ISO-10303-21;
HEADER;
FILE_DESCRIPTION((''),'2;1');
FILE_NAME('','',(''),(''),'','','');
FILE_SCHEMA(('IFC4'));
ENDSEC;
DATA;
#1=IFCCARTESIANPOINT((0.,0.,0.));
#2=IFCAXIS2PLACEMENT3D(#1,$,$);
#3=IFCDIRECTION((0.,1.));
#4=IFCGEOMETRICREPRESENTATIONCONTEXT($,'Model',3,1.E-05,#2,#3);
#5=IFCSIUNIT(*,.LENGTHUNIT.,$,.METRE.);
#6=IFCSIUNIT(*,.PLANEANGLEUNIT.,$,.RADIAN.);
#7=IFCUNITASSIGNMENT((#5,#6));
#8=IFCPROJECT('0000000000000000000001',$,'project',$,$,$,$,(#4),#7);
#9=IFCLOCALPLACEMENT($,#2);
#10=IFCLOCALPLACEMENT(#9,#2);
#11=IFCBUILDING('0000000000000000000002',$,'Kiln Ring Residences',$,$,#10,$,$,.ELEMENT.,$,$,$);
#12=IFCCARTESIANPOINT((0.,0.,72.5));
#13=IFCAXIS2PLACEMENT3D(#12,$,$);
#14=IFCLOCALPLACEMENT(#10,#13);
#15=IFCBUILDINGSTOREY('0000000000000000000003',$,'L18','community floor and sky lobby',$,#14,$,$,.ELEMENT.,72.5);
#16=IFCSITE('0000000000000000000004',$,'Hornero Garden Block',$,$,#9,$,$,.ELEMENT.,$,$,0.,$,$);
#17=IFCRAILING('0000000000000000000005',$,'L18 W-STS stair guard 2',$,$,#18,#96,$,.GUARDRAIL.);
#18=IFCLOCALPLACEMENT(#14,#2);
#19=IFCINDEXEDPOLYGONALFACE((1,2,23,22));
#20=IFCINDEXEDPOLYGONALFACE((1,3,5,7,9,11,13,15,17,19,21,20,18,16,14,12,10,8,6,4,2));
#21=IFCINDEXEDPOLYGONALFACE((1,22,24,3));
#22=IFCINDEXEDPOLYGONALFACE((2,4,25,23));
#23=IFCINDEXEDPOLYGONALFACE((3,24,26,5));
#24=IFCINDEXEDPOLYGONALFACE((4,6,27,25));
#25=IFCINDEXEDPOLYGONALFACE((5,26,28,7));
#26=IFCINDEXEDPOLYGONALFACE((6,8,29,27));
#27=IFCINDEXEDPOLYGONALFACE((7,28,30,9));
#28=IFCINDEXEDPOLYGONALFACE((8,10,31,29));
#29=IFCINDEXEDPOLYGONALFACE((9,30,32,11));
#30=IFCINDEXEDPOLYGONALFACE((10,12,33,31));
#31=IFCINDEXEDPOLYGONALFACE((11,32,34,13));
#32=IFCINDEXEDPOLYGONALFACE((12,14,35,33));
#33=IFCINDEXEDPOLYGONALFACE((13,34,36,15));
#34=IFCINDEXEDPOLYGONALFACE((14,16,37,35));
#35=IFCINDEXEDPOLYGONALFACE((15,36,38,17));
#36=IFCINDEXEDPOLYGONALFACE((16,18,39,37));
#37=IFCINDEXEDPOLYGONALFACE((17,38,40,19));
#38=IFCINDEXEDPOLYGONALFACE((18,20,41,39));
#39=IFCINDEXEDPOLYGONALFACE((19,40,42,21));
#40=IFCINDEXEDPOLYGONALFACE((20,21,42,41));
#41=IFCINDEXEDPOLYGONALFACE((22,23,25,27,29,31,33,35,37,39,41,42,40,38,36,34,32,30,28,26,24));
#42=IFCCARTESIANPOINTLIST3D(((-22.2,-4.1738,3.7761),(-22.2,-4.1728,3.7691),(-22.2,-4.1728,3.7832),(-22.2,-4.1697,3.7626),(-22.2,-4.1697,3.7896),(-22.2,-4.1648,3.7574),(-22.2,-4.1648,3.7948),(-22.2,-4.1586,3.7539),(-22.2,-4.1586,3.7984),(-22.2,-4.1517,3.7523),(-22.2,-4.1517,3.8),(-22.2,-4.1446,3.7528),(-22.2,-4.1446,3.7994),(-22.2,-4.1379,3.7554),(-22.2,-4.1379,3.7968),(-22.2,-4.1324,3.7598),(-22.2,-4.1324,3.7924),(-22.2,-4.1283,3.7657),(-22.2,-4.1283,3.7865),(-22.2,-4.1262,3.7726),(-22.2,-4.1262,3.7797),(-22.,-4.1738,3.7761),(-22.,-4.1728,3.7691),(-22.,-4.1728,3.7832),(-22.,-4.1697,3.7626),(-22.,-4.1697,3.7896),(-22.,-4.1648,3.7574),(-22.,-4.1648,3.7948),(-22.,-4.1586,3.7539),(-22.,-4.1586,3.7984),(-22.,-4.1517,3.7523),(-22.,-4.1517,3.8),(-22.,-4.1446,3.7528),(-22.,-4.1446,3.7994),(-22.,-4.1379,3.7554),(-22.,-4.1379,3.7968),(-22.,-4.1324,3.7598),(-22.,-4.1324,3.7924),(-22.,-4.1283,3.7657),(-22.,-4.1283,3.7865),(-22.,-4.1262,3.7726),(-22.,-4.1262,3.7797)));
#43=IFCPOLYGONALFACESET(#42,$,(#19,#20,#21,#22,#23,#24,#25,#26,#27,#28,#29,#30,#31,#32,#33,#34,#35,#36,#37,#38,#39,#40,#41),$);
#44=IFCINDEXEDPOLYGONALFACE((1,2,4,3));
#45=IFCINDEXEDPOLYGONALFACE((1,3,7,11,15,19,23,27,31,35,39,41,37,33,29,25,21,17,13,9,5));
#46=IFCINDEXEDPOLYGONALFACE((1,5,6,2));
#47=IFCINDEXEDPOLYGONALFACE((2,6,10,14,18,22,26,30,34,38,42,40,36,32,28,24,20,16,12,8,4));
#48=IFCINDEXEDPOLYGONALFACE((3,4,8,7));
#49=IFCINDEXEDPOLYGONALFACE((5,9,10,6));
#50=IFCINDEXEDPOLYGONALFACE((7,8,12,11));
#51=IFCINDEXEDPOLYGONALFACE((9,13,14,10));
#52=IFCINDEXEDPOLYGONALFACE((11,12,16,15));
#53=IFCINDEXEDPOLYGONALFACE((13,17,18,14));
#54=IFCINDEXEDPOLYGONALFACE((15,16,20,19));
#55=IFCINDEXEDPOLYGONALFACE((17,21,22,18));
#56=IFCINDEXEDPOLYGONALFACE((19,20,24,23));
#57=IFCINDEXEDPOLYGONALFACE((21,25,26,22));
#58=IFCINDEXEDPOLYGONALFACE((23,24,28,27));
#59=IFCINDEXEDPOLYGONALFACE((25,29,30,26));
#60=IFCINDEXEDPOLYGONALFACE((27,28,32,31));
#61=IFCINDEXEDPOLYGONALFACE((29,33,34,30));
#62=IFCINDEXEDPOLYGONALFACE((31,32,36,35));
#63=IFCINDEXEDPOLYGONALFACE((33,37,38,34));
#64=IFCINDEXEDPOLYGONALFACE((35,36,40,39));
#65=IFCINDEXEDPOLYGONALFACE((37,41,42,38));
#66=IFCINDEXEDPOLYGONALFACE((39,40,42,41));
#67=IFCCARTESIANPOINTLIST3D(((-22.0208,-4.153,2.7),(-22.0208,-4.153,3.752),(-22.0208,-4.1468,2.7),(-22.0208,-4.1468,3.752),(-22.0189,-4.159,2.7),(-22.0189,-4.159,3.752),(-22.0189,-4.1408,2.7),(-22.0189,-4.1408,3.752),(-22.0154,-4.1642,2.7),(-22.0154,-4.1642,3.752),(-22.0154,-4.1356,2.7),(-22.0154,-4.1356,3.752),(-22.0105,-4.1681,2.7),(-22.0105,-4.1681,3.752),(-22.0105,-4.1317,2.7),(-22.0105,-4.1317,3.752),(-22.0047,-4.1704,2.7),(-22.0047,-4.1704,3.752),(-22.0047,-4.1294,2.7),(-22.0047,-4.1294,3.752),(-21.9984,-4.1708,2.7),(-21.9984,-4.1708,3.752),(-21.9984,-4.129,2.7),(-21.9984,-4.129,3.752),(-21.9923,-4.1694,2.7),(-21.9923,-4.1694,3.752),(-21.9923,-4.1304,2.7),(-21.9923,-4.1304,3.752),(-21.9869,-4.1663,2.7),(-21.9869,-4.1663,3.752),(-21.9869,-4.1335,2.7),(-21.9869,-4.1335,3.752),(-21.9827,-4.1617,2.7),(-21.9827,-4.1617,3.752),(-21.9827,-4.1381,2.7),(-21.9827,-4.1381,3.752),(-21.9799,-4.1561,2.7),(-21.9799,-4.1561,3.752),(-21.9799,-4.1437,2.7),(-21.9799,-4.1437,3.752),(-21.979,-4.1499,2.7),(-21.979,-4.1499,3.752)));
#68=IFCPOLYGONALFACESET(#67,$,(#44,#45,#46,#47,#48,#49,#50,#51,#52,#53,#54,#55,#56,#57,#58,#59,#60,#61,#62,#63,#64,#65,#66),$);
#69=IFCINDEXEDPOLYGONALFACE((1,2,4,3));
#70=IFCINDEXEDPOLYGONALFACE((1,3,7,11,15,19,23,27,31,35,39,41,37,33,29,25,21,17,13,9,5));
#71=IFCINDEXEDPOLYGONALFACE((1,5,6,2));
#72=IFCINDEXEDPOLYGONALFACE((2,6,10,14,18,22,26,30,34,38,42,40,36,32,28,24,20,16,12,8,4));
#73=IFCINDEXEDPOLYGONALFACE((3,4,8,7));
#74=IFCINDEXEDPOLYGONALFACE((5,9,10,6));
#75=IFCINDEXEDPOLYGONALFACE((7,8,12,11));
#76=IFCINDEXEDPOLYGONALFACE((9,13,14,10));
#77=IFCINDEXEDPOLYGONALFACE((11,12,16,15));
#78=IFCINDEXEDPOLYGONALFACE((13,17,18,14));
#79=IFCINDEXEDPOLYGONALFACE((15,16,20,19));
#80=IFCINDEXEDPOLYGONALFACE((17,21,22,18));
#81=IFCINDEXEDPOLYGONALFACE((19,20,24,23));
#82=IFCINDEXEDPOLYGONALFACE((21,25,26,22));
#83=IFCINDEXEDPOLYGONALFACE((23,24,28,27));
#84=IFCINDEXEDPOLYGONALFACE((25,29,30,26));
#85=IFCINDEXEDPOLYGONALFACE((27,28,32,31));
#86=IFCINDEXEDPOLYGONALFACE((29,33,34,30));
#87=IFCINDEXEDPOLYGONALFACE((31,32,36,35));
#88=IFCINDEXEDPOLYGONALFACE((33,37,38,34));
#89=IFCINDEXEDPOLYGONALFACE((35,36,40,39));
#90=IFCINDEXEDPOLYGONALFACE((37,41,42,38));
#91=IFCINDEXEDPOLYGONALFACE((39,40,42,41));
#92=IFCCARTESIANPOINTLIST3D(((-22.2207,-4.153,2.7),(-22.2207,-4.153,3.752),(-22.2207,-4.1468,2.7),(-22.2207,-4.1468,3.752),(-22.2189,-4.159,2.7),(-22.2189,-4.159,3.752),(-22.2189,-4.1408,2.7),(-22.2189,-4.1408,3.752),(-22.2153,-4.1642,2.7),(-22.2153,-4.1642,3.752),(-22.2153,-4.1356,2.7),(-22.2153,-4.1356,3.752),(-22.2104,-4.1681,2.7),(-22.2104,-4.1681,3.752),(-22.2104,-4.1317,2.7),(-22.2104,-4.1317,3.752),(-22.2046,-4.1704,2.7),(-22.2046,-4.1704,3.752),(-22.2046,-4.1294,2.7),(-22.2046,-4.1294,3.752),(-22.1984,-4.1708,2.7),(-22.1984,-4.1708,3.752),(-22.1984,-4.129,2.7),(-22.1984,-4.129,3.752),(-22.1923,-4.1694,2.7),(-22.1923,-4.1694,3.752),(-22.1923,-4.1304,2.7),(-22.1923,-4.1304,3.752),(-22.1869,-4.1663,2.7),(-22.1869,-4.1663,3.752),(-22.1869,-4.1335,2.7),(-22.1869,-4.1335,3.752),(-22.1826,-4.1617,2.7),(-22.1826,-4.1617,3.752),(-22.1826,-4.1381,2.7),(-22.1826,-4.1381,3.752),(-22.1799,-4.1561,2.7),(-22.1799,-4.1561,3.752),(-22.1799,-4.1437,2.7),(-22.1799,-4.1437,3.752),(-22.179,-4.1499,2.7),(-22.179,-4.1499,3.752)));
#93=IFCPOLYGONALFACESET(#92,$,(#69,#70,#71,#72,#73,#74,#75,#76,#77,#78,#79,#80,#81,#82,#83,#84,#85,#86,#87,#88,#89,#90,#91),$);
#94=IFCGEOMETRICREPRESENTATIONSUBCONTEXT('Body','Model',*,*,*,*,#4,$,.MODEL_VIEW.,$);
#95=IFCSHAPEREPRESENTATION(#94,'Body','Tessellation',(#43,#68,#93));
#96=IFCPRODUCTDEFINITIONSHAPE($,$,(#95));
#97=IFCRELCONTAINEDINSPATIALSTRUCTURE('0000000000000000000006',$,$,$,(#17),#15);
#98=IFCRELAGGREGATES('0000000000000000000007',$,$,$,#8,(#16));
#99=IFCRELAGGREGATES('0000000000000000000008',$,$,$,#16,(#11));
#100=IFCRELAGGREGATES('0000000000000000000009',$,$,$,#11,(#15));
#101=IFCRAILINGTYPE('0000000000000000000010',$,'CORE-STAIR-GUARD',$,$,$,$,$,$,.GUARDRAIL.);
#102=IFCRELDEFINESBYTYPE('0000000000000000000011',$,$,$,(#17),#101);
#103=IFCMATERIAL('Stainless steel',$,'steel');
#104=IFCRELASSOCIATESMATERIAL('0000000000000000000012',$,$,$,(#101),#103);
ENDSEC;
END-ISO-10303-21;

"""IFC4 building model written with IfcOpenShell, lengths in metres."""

from ifc_helpers import new_model, si_unit, direction, frame, origin, origin_2d, place, context, subcontext, project, spatial, circle, extrude, material, type_object, element, save


model = new_model("IFC4")

# Units and contexts
model_context = context("Model", 3, precision=1e-05, world=origin(), true_north=direction((0.0, 1.0)))
body_context = subcontext(model_context, "Body", "Model", "MODEL_VIEW")
ifc_project = project(units=[si_unit("LENGTHUNIT", "METRE"), si_unit("PLANEANGLEUNIT", "RADIAN")], contexts=[model_context])

# Site, building, storey
site_placement = place(None, origin())
site = spatial("IfcSite", under=ifc_project, at=site_placement, Name="Hornero Garden Block", CompositionType="ELEMENT", RefElevation=0.0)
building_placement = place(site_placement, origin())
building = spatial("IfcBuilding", under=site, at=building_placement, Name="Kiln Ring Residences", CompositionType="ELEMENT")
storey_placement = place(building_placement, frame((0.0, 0.0, 72.5)))
storey = spatial("IfcBuildingStorey", under=building, at=storey_placement, Name="L18", Description="community floor and sky lobby", CompositionType="ELEMENT", Elevation=72.5)

# Railing
ifc_material_1 = material(Name="Stainless steel", Category="steel")
railing_type_1 = type_object("IfcRailingType", Name="CORE-STAIR-GUARD", PredefinedType="GUARDRAIL", material=ifc_material_1)
railing_1_placement = place(storey_placement, frame((-22.0, -4.1499, 2.7)))
element("IfcRailing", 1, at=railing_1_placement, inside=storey, type_object=railing_type_1, Name="L18 W-STS stair guard 2", PredefinedType="GUARDRAIL", context=body_context, shape_type="SweptSolid", body=[
    extrude(circle(Radius=0.0239, at=origin_2d()), frame((0.0, 0.0, 1.0762), z_axis=(-1.0, 0.0, 0.0), x_axis=(0.0, -1.0, 0.0)), (0.0, 0.0, 1.0), 0.2),
    extrude(circle(Radius=0.021, at=origin_2d()), origin(), (0.0, 0.0, 1.0), 1.052),
    extrude(circle(Radius=0.021, at=origin_2d()), frame((-0.2, 0.0, 0.0)), (0.0, 0.0, 1.0), 1.052),
])

save(model, "model.ifc")
